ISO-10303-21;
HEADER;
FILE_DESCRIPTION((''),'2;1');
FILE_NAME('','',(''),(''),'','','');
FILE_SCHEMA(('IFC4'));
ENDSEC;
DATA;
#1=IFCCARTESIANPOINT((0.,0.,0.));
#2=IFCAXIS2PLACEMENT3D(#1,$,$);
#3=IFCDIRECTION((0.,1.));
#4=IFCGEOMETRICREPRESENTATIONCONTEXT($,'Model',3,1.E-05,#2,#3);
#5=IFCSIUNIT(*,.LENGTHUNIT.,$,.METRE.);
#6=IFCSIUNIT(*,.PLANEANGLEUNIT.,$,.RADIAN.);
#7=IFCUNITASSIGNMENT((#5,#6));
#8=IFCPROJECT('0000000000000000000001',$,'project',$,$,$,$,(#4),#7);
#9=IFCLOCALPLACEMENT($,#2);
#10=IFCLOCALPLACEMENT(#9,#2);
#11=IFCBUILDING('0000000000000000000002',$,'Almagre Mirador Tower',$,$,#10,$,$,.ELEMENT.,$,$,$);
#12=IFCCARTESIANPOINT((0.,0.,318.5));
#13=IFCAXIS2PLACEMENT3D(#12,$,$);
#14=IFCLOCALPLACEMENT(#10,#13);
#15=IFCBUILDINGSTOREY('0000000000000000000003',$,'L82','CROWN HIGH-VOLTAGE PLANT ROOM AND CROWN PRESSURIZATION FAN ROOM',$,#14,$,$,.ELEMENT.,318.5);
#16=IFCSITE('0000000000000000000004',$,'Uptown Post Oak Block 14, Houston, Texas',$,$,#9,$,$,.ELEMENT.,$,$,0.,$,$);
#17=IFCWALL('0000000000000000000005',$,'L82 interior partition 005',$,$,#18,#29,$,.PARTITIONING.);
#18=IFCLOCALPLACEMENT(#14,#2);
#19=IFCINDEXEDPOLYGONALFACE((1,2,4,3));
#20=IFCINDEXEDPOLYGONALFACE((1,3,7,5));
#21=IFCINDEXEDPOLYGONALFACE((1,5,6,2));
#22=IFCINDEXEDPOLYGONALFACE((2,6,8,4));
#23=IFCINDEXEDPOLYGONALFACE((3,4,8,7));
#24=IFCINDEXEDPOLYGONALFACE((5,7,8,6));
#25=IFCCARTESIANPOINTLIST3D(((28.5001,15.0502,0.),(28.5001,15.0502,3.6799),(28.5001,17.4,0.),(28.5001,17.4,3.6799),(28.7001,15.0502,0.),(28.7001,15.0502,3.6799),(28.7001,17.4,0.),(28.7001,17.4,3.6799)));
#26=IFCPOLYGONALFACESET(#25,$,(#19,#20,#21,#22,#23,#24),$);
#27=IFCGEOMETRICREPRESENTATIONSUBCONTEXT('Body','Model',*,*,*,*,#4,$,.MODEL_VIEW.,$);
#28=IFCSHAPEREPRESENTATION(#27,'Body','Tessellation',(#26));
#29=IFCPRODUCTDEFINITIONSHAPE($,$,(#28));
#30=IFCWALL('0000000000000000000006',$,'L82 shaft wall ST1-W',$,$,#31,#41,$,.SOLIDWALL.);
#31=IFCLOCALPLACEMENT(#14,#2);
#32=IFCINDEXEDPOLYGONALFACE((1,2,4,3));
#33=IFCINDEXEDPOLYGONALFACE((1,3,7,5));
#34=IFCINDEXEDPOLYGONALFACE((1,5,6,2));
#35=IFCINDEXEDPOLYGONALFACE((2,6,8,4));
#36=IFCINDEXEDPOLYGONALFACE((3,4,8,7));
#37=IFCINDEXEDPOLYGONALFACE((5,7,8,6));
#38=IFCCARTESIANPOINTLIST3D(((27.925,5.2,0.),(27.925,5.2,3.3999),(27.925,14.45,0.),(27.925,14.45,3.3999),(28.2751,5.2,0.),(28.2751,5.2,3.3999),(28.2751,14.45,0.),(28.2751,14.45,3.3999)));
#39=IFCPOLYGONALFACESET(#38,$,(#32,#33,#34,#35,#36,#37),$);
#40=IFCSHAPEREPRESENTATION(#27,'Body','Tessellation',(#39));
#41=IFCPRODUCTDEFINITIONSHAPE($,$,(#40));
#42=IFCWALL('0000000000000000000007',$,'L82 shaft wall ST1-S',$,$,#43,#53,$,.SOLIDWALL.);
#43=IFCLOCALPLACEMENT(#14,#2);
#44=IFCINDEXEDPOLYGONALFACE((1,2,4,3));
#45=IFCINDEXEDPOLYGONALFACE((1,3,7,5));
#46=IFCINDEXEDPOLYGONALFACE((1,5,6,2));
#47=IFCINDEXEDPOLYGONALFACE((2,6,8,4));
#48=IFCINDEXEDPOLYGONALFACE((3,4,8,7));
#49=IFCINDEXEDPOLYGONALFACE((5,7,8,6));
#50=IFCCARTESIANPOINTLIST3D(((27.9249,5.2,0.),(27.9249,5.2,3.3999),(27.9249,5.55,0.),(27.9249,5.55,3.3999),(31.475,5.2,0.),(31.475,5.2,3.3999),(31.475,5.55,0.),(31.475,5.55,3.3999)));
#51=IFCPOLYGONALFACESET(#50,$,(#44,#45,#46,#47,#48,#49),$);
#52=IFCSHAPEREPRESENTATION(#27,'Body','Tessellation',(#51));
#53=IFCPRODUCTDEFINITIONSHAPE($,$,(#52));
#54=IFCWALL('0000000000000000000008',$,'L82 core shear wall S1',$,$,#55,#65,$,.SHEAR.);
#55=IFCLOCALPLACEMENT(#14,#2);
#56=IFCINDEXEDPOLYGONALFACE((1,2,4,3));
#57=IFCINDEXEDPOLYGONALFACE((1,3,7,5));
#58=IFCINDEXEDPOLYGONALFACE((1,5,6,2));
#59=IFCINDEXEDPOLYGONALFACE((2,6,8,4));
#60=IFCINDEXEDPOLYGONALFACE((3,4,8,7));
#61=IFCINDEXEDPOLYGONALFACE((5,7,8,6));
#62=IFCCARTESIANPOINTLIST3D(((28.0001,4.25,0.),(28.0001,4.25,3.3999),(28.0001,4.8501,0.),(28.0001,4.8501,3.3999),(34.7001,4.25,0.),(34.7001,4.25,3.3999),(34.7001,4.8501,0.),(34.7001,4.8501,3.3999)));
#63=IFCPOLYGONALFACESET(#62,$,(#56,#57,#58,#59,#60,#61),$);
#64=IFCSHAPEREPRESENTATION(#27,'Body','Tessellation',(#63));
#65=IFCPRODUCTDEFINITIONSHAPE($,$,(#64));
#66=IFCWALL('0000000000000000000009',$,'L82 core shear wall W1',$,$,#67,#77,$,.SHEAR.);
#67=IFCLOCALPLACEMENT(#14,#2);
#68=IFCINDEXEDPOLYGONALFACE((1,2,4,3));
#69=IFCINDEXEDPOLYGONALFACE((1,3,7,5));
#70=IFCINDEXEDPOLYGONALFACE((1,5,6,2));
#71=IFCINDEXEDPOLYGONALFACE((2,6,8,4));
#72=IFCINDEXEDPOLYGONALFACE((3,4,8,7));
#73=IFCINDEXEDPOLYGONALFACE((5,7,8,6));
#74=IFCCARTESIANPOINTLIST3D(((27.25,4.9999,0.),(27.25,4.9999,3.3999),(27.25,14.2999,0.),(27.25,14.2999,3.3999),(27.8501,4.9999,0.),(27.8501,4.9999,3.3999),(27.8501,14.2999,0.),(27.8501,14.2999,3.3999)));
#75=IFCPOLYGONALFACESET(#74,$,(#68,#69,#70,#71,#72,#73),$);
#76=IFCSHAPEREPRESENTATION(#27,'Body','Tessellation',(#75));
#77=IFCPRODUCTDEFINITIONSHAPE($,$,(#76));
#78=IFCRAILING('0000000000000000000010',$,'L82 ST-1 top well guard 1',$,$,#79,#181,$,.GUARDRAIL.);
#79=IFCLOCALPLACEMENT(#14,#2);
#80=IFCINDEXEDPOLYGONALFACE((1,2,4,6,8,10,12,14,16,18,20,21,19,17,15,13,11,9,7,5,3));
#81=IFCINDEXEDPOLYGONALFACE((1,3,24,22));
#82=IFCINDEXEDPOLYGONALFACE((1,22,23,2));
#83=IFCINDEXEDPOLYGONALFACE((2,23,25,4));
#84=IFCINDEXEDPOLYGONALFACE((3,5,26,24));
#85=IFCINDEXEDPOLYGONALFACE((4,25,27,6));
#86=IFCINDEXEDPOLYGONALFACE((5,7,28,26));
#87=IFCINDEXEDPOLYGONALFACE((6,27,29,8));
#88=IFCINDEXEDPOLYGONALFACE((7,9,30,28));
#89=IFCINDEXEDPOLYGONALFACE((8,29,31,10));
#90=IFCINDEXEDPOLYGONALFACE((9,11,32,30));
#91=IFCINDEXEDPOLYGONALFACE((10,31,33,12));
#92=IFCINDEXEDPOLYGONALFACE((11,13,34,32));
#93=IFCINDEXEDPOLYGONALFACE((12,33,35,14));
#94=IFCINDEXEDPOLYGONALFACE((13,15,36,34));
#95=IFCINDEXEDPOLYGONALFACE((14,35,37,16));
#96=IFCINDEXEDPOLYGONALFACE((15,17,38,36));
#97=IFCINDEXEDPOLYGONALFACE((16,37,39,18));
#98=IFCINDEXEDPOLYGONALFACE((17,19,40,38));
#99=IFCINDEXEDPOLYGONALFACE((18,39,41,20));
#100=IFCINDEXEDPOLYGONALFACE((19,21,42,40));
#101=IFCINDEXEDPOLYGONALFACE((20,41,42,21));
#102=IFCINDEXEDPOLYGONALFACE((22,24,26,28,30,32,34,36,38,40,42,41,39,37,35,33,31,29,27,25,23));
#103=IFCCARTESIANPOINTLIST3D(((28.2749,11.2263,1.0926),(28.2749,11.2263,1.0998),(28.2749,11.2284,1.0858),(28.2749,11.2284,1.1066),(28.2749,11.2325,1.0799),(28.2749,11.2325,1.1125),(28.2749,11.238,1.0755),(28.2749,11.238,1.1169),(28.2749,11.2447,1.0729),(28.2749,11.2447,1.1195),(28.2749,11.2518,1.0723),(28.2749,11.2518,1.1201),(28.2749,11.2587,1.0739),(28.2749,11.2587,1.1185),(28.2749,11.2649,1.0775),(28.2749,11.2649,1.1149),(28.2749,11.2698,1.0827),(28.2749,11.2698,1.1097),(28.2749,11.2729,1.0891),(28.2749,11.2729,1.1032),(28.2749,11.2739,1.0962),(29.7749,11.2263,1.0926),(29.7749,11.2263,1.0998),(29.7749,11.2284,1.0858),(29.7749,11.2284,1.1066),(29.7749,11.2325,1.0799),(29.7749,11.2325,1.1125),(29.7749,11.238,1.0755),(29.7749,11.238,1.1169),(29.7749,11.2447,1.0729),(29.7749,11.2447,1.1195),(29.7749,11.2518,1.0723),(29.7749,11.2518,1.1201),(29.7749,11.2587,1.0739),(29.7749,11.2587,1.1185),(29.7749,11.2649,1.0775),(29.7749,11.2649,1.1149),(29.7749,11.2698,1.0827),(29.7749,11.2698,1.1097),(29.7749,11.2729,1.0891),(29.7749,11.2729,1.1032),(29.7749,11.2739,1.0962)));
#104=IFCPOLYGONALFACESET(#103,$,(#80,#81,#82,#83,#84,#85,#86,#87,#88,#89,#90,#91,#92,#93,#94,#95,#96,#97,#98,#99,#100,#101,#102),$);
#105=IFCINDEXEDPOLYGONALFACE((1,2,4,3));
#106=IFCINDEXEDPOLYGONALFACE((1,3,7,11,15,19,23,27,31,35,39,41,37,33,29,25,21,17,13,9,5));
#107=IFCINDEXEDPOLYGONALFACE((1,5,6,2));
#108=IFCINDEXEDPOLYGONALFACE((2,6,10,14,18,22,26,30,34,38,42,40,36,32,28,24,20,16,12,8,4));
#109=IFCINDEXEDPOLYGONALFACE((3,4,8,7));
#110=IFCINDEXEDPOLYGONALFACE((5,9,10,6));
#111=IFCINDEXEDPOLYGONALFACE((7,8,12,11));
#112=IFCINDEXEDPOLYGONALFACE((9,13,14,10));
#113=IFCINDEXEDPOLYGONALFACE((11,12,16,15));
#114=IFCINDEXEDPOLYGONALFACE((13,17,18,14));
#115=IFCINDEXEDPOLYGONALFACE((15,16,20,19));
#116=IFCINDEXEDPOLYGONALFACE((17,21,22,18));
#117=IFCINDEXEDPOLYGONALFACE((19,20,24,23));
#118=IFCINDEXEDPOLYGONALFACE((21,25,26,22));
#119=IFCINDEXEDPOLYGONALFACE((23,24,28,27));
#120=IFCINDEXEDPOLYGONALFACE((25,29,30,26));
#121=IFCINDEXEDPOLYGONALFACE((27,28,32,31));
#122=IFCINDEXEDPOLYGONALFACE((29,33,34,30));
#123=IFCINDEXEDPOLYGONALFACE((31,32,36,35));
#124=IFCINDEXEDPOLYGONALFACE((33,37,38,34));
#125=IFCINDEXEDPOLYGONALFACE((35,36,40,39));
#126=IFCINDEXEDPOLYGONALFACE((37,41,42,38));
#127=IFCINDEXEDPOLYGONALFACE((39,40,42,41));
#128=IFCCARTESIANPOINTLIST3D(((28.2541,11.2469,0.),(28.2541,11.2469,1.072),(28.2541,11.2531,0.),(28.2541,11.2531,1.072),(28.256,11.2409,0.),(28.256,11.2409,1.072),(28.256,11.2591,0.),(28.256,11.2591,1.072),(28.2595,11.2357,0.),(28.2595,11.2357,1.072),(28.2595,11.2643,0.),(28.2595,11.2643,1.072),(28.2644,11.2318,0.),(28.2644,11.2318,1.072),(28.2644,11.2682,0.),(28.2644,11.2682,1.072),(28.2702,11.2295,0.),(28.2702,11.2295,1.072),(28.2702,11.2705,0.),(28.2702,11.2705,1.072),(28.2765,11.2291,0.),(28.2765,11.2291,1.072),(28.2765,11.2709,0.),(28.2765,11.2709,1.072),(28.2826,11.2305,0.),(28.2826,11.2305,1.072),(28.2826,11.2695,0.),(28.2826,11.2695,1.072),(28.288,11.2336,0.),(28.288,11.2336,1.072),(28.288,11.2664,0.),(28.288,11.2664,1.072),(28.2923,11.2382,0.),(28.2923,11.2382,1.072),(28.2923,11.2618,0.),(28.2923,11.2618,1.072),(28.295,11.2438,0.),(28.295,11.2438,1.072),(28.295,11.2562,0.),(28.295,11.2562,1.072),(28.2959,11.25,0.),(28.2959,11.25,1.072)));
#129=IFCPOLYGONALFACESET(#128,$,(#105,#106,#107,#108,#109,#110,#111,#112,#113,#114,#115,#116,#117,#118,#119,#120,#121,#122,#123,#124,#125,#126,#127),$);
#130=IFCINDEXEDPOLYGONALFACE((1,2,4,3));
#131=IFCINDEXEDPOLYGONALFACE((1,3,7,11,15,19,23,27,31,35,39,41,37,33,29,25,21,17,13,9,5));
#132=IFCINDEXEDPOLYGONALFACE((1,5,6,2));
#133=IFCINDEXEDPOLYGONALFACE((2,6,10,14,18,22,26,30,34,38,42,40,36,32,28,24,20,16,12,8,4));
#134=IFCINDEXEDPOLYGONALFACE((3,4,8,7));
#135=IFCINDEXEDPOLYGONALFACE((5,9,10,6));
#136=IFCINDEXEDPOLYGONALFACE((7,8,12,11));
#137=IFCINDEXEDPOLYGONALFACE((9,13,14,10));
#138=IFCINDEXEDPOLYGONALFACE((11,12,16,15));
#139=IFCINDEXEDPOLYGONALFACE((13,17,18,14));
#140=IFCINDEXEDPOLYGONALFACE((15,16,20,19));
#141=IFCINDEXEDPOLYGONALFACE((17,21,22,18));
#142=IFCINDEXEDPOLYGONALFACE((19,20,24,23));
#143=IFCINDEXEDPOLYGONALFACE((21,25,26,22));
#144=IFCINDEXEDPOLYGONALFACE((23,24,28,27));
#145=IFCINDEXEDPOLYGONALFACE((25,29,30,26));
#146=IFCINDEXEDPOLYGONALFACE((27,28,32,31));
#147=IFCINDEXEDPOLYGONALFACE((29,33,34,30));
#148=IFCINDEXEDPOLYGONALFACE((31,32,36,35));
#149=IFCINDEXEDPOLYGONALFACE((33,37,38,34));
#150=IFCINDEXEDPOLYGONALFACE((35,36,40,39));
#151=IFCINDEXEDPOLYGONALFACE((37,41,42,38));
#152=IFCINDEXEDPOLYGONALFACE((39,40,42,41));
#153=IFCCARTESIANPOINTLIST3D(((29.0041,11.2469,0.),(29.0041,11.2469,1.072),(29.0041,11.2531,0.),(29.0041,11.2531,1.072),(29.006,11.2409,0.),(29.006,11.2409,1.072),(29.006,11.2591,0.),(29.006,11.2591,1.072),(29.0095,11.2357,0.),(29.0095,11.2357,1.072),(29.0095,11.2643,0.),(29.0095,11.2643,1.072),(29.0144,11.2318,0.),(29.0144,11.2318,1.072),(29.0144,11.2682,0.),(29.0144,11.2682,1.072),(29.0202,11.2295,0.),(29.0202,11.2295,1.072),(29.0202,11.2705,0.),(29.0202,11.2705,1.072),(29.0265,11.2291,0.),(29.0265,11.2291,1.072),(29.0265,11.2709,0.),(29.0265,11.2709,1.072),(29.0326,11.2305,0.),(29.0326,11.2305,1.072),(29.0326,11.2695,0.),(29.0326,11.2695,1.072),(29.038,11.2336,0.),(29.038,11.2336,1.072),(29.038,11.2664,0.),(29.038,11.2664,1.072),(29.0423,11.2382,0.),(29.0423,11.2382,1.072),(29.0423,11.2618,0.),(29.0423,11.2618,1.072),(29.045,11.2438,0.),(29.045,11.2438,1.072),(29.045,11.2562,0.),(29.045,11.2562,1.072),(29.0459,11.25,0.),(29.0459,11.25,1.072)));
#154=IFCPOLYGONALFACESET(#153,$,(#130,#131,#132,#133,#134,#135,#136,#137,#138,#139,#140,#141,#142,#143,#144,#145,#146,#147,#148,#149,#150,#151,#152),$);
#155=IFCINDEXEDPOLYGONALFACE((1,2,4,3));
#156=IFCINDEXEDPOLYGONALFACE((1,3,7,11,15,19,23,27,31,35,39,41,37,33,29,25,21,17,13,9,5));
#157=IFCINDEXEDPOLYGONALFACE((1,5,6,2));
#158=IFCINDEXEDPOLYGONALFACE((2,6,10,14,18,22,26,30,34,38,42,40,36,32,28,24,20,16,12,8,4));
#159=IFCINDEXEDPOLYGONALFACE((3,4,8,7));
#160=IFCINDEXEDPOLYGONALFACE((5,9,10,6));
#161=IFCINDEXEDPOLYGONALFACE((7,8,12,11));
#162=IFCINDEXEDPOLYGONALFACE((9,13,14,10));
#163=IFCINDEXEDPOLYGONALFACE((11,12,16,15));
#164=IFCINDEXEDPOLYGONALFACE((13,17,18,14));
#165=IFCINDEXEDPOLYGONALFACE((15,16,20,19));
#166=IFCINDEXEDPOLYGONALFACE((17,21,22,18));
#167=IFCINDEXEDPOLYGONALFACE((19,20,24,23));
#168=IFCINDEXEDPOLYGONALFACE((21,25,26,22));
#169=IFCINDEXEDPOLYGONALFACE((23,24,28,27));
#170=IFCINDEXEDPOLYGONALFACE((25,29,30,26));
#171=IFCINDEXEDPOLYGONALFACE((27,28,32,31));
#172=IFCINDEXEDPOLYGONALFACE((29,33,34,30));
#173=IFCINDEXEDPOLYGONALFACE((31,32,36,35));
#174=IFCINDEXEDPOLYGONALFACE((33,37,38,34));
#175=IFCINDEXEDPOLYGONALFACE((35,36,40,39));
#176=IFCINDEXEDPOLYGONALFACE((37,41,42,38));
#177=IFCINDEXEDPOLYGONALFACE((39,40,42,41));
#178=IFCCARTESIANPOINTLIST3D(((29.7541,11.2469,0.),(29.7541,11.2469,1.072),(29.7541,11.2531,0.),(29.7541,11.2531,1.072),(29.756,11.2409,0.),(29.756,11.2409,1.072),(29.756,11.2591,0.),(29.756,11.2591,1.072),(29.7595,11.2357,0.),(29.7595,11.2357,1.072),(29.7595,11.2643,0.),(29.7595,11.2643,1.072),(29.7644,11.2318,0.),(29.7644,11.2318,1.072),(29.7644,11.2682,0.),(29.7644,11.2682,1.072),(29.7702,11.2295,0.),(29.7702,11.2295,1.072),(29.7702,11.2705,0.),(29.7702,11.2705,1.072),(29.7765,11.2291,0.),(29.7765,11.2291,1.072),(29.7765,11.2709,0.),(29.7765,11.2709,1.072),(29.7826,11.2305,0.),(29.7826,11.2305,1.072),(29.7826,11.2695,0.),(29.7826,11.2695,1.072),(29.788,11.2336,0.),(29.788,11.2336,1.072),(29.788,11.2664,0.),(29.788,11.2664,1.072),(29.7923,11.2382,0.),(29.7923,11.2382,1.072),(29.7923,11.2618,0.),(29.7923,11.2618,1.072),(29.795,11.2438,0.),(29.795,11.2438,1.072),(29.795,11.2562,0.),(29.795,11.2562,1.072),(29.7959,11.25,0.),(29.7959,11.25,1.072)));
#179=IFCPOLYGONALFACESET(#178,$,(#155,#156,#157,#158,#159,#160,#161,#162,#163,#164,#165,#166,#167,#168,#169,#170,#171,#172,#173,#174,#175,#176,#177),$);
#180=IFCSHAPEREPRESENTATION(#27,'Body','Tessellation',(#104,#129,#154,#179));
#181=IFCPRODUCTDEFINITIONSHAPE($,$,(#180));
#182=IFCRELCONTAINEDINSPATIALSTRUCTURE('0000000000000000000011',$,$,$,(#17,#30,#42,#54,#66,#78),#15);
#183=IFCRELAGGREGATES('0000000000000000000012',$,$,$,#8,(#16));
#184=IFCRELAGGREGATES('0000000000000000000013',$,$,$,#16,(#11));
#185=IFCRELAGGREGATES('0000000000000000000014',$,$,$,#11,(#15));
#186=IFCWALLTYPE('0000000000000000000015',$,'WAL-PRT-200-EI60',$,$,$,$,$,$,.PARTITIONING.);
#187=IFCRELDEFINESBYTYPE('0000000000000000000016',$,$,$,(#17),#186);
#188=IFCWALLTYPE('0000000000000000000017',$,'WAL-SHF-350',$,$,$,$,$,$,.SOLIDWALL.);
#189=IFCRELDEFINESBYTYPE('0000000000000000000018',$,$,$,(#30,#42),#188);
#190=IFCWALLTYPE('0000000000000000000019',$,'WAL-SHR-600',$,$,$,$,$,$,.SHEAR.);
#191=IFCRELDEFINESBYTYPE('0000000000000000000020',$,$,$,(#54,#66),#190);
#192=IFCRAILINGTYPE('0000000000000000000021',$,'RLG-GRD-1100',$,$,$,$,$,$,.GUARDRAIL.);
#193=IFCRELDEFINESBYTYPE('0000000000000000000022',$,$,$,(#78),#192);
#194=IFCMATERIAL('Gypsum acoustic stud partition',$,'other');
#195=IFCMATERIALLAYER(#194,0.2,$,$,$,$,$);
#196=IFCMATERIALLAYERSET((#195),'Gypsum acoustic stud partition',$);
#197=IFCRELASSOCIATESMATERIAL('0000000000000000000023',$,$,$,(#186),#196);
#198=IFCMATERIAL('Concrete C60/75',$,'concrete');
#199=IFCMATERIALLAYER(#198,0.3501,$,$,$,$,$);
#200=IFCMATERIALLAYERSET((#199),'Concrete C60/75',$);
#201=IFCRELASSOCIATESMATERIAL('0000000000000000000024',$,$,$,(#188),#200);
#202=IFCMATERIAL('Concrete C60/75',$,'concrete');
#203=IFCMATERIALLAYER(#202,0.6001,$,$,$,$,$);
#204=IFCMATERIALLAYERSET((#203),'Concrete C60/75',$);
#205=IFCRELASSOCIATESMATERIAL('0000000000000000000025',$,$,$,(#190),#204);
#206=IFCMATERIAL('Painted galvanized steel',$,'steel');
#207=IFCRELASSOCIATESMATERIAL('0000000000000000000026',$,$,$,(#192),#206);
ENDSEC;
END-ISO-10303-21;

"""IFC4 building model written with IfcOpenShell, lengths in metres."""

from ifc_helpers import new_model, si_unit, direction, frame, frame_2d, origin, origin_2d, place, context, subcontext, project, spatial, rectangle, circle, extrude, material, layer, layer_set, type_object, element, save


model = new_model("IFC4")

# Units and contexts
model_context = context("Model", 3, precision=1e-05, world=origin(), true_north=direction((0.0, 1.0)))
body_context = subcontext(model_context, "Body", "Model", "MODEL_VIEW")
ifc_project = project(units=[si_unit("LENGTHUNIT", "METRE"), si_unit("PLANEANGLEUNIT", "RADIAN")], contexts=[model_context])

# Site, building, storey
site_placement = place(None, origin())
site = spatial("IfcSite", under=ifc_project, at=site_placement, Name="Uptown Post Oak Block 14, Houston, Texas", CompositionType="ELEMENT", RefElevation=0.0)
building_placement = place(site_placement, origin())
building = spatial("IfcBuilding", under=site, at=building_placement, Name="Almagre Mirador Tower", CompositionType="ELEMENT")
storey_placement = place(building_placement, frame((0.0, 0.0, 318.5)))
storey = spatial("IfcBuildingStorey", under=building, at=storey_placement, Name="L82", Description="CROWN HIGH-VOLTAGE PLANT ROOM AND CROWN PRESSURIZATION FAN ROOM", CompositionType="ELEMENT", Elevation=318.5)

# Walls
ifc_material_1 = material(Name="Gypsum acoustic stud partition", Category="other")
ifc_layer_1 = layer(ifc_material_1, 0.2)
ifc_layer_set_1 = layer_set([ifc_layer_1], Name="Gypsum acoustic stud partition")
wall_type_1 = type_object("IfcWallType", Name="WAL-PRT-200-EI60", PredefinedType="PARTITIONING", material=ifc_layer_set_1)
wall_1_placement = place(storey_placement, frame((28.6001, 17.3999, 0.0), z_axis=(0.0, 0.0, 1.0), x_axis=(0.0, -1.0, 0.0)))
element("IfcWall", 1, at=wall_1_placement, inside=storey, type_object=wall_type_1, Name="L82 interior partition 005", PredefinedType="PARTITIONING", context=body_context, shape_type="SweptSolid", body=[
    extrude(rectangle(XDim=2.3499, YDim=0.2, at=frame_2d((1.1748, 0.0))), origin(), (0.0, 0.0, 1.0), 3.6799),
])
ifc_material_2 = material(Name="Concrete C60/75", Category="concrete")
ifc_layer_2 = layer(ifc_material_2, 0.3501)
ifc_layer_set_2 = layer_set([ifc_layer_2], Name="Concrete C60/75")
wall_type_2 = type_object("IfcWallType", Name="WAL-SHF-350", PredefinedType="SOLIDWALL", material=ifc_layer_set_2)
wall_2_placement = place(storey_placement, frame((28.1001, 5.2, 0.0), z_axis=(0.0, 0.0, 1.0), x_axis=(0.0, 1.0, 0.0)))
element("IfcWall", 2, at=wall_2_placement, inside=storey, type_object=wall_type_2, Name="L82 shaft wall ST1-W", PredefinedType="SOLIDWALL", context=body_context, shape_type="SweptSolid", body=[
    extrude(rectangle(XDim=9.25, YDim=0.3501, at=frame_2d((4.625, 0.0))), origin(), (0.0, 0.0, 1.0), 3.3999),
])
wall_3_placement = place(storey_placement, frame((27.925, 5.375, 0.0), z_axis=(0.0, 0.0, 1.0), x_axis=(1.0, 0.0, 0.0)))
element("IfcWall", 3, at=wall_3_placement, inside=storey, type_object=wall_type_2, Name="L82 shaft wall ST1-S", PredefinedType="SOLIDWALL", context=body_context, shape_type="SweptSolid", body=[
    extrude(rectangle(XDim=3.55, YDim=0.3501, at=frame_2d((1.7749, 0.0))), origin(), (0.0, 0.0, 1.0), 3.3999),
])
ifc_material_3 = material(Name="Concrete C60/75", Category="concrete")
ifc_layer_3 = layer(ifc_material_3, 0.6001)
ifc_layer_set_3 = layer_set([ifc_layer_3], Name="Concrete C60/75")
wall_type_3 = type_object("IfcWallType", Name="WAL-SHR-600", PredefinedType="SHEAR", material=ifc_layer_set_3)
wall_4_placement = place(storey_placement, frame((28.0, 4.55, 0.0), z_axis=(0.0, 0.0, 1.0), x_axis=(1.0, 0.0, 0.0)))
element("IfcWall", 4, at=wall_4_placement, inside=storey, type_object=wall_type_3, Name="L82 core shear wall S1", PredefinedType="SHEAR", context=body_context, shape_type="SweptSolid", body=[
    extrude(rectangle(XDim=6.7, YDim=0.6001, at=frame_2d((3.3501, 0.0))), origin(), (0.0, 0.0, 1.0), 3.3999),
])

# Wall
wall_5_placement = place(storey_placement, frame((27.55, 5.0, 0.0), z_axis=(0.0, 0.0, 1.0), x_axis=(0.0, 1.0, 0.0)))
element("IfcWall", 5, at=wall_5_placement, inside=storey, type_object=wall_type_3, Name="L82 core shear wall W1", PredefinedType="SHEAR", context=body_context, shape_type="SweptSolid", body=[
    extrude(rectangle(XDim=9.3, YDim=0.6001, at=frame_2d((4.6499, 0.0))), origin(), (0.0, 0.0, 1.0), 3.3999),
])

# Railing
ifc_material_4 = material(Name="Painted galvanized steel", Category="steel")
railing_type = type_object("IfcRailingType", Name="RLG-GRD-1100", PredefinedType="GUARDRAIL", material=ifc_material_4)
railing_placement = place(storey_placement, frame((28.2749, 11.25, 0.0)))
element("IfcRailing", 6, at=railing_placement, inside=storey, type_object=railing_type, Name="L82 ST-1 top well guard 1", PredefinedType="GUARDRAIL", context=body_context, shape_type="SweptSolid", body=[
    extrude(circle(Radius=0.0239, at=origin_2d()), frame((0.0, 0.0, 1.0962), z_axis=(1.0, 0.0, 0.0), x_axis=(0.0, 1.0, 0.0)), (0.0, 0.0, 1.0), 1.5),
    extrude(circle(Radius=0.021, at=origin_2d()), origin(), (0.0, 0.0, 1.0), 1.072),
    extrude(circle(Radius=0.021, at=origin_2d()), frame((0.75, 0.0, 0.0)), (0.0, 0.0, 1.0), 1.072),
    extrude(circle(Radius=0.021, at=origin_2d()), frame((1.5, 0.0, 0.0)), (0.0, 0.0, 1.0), 1.072),
])

save(model, "model.ifc")
